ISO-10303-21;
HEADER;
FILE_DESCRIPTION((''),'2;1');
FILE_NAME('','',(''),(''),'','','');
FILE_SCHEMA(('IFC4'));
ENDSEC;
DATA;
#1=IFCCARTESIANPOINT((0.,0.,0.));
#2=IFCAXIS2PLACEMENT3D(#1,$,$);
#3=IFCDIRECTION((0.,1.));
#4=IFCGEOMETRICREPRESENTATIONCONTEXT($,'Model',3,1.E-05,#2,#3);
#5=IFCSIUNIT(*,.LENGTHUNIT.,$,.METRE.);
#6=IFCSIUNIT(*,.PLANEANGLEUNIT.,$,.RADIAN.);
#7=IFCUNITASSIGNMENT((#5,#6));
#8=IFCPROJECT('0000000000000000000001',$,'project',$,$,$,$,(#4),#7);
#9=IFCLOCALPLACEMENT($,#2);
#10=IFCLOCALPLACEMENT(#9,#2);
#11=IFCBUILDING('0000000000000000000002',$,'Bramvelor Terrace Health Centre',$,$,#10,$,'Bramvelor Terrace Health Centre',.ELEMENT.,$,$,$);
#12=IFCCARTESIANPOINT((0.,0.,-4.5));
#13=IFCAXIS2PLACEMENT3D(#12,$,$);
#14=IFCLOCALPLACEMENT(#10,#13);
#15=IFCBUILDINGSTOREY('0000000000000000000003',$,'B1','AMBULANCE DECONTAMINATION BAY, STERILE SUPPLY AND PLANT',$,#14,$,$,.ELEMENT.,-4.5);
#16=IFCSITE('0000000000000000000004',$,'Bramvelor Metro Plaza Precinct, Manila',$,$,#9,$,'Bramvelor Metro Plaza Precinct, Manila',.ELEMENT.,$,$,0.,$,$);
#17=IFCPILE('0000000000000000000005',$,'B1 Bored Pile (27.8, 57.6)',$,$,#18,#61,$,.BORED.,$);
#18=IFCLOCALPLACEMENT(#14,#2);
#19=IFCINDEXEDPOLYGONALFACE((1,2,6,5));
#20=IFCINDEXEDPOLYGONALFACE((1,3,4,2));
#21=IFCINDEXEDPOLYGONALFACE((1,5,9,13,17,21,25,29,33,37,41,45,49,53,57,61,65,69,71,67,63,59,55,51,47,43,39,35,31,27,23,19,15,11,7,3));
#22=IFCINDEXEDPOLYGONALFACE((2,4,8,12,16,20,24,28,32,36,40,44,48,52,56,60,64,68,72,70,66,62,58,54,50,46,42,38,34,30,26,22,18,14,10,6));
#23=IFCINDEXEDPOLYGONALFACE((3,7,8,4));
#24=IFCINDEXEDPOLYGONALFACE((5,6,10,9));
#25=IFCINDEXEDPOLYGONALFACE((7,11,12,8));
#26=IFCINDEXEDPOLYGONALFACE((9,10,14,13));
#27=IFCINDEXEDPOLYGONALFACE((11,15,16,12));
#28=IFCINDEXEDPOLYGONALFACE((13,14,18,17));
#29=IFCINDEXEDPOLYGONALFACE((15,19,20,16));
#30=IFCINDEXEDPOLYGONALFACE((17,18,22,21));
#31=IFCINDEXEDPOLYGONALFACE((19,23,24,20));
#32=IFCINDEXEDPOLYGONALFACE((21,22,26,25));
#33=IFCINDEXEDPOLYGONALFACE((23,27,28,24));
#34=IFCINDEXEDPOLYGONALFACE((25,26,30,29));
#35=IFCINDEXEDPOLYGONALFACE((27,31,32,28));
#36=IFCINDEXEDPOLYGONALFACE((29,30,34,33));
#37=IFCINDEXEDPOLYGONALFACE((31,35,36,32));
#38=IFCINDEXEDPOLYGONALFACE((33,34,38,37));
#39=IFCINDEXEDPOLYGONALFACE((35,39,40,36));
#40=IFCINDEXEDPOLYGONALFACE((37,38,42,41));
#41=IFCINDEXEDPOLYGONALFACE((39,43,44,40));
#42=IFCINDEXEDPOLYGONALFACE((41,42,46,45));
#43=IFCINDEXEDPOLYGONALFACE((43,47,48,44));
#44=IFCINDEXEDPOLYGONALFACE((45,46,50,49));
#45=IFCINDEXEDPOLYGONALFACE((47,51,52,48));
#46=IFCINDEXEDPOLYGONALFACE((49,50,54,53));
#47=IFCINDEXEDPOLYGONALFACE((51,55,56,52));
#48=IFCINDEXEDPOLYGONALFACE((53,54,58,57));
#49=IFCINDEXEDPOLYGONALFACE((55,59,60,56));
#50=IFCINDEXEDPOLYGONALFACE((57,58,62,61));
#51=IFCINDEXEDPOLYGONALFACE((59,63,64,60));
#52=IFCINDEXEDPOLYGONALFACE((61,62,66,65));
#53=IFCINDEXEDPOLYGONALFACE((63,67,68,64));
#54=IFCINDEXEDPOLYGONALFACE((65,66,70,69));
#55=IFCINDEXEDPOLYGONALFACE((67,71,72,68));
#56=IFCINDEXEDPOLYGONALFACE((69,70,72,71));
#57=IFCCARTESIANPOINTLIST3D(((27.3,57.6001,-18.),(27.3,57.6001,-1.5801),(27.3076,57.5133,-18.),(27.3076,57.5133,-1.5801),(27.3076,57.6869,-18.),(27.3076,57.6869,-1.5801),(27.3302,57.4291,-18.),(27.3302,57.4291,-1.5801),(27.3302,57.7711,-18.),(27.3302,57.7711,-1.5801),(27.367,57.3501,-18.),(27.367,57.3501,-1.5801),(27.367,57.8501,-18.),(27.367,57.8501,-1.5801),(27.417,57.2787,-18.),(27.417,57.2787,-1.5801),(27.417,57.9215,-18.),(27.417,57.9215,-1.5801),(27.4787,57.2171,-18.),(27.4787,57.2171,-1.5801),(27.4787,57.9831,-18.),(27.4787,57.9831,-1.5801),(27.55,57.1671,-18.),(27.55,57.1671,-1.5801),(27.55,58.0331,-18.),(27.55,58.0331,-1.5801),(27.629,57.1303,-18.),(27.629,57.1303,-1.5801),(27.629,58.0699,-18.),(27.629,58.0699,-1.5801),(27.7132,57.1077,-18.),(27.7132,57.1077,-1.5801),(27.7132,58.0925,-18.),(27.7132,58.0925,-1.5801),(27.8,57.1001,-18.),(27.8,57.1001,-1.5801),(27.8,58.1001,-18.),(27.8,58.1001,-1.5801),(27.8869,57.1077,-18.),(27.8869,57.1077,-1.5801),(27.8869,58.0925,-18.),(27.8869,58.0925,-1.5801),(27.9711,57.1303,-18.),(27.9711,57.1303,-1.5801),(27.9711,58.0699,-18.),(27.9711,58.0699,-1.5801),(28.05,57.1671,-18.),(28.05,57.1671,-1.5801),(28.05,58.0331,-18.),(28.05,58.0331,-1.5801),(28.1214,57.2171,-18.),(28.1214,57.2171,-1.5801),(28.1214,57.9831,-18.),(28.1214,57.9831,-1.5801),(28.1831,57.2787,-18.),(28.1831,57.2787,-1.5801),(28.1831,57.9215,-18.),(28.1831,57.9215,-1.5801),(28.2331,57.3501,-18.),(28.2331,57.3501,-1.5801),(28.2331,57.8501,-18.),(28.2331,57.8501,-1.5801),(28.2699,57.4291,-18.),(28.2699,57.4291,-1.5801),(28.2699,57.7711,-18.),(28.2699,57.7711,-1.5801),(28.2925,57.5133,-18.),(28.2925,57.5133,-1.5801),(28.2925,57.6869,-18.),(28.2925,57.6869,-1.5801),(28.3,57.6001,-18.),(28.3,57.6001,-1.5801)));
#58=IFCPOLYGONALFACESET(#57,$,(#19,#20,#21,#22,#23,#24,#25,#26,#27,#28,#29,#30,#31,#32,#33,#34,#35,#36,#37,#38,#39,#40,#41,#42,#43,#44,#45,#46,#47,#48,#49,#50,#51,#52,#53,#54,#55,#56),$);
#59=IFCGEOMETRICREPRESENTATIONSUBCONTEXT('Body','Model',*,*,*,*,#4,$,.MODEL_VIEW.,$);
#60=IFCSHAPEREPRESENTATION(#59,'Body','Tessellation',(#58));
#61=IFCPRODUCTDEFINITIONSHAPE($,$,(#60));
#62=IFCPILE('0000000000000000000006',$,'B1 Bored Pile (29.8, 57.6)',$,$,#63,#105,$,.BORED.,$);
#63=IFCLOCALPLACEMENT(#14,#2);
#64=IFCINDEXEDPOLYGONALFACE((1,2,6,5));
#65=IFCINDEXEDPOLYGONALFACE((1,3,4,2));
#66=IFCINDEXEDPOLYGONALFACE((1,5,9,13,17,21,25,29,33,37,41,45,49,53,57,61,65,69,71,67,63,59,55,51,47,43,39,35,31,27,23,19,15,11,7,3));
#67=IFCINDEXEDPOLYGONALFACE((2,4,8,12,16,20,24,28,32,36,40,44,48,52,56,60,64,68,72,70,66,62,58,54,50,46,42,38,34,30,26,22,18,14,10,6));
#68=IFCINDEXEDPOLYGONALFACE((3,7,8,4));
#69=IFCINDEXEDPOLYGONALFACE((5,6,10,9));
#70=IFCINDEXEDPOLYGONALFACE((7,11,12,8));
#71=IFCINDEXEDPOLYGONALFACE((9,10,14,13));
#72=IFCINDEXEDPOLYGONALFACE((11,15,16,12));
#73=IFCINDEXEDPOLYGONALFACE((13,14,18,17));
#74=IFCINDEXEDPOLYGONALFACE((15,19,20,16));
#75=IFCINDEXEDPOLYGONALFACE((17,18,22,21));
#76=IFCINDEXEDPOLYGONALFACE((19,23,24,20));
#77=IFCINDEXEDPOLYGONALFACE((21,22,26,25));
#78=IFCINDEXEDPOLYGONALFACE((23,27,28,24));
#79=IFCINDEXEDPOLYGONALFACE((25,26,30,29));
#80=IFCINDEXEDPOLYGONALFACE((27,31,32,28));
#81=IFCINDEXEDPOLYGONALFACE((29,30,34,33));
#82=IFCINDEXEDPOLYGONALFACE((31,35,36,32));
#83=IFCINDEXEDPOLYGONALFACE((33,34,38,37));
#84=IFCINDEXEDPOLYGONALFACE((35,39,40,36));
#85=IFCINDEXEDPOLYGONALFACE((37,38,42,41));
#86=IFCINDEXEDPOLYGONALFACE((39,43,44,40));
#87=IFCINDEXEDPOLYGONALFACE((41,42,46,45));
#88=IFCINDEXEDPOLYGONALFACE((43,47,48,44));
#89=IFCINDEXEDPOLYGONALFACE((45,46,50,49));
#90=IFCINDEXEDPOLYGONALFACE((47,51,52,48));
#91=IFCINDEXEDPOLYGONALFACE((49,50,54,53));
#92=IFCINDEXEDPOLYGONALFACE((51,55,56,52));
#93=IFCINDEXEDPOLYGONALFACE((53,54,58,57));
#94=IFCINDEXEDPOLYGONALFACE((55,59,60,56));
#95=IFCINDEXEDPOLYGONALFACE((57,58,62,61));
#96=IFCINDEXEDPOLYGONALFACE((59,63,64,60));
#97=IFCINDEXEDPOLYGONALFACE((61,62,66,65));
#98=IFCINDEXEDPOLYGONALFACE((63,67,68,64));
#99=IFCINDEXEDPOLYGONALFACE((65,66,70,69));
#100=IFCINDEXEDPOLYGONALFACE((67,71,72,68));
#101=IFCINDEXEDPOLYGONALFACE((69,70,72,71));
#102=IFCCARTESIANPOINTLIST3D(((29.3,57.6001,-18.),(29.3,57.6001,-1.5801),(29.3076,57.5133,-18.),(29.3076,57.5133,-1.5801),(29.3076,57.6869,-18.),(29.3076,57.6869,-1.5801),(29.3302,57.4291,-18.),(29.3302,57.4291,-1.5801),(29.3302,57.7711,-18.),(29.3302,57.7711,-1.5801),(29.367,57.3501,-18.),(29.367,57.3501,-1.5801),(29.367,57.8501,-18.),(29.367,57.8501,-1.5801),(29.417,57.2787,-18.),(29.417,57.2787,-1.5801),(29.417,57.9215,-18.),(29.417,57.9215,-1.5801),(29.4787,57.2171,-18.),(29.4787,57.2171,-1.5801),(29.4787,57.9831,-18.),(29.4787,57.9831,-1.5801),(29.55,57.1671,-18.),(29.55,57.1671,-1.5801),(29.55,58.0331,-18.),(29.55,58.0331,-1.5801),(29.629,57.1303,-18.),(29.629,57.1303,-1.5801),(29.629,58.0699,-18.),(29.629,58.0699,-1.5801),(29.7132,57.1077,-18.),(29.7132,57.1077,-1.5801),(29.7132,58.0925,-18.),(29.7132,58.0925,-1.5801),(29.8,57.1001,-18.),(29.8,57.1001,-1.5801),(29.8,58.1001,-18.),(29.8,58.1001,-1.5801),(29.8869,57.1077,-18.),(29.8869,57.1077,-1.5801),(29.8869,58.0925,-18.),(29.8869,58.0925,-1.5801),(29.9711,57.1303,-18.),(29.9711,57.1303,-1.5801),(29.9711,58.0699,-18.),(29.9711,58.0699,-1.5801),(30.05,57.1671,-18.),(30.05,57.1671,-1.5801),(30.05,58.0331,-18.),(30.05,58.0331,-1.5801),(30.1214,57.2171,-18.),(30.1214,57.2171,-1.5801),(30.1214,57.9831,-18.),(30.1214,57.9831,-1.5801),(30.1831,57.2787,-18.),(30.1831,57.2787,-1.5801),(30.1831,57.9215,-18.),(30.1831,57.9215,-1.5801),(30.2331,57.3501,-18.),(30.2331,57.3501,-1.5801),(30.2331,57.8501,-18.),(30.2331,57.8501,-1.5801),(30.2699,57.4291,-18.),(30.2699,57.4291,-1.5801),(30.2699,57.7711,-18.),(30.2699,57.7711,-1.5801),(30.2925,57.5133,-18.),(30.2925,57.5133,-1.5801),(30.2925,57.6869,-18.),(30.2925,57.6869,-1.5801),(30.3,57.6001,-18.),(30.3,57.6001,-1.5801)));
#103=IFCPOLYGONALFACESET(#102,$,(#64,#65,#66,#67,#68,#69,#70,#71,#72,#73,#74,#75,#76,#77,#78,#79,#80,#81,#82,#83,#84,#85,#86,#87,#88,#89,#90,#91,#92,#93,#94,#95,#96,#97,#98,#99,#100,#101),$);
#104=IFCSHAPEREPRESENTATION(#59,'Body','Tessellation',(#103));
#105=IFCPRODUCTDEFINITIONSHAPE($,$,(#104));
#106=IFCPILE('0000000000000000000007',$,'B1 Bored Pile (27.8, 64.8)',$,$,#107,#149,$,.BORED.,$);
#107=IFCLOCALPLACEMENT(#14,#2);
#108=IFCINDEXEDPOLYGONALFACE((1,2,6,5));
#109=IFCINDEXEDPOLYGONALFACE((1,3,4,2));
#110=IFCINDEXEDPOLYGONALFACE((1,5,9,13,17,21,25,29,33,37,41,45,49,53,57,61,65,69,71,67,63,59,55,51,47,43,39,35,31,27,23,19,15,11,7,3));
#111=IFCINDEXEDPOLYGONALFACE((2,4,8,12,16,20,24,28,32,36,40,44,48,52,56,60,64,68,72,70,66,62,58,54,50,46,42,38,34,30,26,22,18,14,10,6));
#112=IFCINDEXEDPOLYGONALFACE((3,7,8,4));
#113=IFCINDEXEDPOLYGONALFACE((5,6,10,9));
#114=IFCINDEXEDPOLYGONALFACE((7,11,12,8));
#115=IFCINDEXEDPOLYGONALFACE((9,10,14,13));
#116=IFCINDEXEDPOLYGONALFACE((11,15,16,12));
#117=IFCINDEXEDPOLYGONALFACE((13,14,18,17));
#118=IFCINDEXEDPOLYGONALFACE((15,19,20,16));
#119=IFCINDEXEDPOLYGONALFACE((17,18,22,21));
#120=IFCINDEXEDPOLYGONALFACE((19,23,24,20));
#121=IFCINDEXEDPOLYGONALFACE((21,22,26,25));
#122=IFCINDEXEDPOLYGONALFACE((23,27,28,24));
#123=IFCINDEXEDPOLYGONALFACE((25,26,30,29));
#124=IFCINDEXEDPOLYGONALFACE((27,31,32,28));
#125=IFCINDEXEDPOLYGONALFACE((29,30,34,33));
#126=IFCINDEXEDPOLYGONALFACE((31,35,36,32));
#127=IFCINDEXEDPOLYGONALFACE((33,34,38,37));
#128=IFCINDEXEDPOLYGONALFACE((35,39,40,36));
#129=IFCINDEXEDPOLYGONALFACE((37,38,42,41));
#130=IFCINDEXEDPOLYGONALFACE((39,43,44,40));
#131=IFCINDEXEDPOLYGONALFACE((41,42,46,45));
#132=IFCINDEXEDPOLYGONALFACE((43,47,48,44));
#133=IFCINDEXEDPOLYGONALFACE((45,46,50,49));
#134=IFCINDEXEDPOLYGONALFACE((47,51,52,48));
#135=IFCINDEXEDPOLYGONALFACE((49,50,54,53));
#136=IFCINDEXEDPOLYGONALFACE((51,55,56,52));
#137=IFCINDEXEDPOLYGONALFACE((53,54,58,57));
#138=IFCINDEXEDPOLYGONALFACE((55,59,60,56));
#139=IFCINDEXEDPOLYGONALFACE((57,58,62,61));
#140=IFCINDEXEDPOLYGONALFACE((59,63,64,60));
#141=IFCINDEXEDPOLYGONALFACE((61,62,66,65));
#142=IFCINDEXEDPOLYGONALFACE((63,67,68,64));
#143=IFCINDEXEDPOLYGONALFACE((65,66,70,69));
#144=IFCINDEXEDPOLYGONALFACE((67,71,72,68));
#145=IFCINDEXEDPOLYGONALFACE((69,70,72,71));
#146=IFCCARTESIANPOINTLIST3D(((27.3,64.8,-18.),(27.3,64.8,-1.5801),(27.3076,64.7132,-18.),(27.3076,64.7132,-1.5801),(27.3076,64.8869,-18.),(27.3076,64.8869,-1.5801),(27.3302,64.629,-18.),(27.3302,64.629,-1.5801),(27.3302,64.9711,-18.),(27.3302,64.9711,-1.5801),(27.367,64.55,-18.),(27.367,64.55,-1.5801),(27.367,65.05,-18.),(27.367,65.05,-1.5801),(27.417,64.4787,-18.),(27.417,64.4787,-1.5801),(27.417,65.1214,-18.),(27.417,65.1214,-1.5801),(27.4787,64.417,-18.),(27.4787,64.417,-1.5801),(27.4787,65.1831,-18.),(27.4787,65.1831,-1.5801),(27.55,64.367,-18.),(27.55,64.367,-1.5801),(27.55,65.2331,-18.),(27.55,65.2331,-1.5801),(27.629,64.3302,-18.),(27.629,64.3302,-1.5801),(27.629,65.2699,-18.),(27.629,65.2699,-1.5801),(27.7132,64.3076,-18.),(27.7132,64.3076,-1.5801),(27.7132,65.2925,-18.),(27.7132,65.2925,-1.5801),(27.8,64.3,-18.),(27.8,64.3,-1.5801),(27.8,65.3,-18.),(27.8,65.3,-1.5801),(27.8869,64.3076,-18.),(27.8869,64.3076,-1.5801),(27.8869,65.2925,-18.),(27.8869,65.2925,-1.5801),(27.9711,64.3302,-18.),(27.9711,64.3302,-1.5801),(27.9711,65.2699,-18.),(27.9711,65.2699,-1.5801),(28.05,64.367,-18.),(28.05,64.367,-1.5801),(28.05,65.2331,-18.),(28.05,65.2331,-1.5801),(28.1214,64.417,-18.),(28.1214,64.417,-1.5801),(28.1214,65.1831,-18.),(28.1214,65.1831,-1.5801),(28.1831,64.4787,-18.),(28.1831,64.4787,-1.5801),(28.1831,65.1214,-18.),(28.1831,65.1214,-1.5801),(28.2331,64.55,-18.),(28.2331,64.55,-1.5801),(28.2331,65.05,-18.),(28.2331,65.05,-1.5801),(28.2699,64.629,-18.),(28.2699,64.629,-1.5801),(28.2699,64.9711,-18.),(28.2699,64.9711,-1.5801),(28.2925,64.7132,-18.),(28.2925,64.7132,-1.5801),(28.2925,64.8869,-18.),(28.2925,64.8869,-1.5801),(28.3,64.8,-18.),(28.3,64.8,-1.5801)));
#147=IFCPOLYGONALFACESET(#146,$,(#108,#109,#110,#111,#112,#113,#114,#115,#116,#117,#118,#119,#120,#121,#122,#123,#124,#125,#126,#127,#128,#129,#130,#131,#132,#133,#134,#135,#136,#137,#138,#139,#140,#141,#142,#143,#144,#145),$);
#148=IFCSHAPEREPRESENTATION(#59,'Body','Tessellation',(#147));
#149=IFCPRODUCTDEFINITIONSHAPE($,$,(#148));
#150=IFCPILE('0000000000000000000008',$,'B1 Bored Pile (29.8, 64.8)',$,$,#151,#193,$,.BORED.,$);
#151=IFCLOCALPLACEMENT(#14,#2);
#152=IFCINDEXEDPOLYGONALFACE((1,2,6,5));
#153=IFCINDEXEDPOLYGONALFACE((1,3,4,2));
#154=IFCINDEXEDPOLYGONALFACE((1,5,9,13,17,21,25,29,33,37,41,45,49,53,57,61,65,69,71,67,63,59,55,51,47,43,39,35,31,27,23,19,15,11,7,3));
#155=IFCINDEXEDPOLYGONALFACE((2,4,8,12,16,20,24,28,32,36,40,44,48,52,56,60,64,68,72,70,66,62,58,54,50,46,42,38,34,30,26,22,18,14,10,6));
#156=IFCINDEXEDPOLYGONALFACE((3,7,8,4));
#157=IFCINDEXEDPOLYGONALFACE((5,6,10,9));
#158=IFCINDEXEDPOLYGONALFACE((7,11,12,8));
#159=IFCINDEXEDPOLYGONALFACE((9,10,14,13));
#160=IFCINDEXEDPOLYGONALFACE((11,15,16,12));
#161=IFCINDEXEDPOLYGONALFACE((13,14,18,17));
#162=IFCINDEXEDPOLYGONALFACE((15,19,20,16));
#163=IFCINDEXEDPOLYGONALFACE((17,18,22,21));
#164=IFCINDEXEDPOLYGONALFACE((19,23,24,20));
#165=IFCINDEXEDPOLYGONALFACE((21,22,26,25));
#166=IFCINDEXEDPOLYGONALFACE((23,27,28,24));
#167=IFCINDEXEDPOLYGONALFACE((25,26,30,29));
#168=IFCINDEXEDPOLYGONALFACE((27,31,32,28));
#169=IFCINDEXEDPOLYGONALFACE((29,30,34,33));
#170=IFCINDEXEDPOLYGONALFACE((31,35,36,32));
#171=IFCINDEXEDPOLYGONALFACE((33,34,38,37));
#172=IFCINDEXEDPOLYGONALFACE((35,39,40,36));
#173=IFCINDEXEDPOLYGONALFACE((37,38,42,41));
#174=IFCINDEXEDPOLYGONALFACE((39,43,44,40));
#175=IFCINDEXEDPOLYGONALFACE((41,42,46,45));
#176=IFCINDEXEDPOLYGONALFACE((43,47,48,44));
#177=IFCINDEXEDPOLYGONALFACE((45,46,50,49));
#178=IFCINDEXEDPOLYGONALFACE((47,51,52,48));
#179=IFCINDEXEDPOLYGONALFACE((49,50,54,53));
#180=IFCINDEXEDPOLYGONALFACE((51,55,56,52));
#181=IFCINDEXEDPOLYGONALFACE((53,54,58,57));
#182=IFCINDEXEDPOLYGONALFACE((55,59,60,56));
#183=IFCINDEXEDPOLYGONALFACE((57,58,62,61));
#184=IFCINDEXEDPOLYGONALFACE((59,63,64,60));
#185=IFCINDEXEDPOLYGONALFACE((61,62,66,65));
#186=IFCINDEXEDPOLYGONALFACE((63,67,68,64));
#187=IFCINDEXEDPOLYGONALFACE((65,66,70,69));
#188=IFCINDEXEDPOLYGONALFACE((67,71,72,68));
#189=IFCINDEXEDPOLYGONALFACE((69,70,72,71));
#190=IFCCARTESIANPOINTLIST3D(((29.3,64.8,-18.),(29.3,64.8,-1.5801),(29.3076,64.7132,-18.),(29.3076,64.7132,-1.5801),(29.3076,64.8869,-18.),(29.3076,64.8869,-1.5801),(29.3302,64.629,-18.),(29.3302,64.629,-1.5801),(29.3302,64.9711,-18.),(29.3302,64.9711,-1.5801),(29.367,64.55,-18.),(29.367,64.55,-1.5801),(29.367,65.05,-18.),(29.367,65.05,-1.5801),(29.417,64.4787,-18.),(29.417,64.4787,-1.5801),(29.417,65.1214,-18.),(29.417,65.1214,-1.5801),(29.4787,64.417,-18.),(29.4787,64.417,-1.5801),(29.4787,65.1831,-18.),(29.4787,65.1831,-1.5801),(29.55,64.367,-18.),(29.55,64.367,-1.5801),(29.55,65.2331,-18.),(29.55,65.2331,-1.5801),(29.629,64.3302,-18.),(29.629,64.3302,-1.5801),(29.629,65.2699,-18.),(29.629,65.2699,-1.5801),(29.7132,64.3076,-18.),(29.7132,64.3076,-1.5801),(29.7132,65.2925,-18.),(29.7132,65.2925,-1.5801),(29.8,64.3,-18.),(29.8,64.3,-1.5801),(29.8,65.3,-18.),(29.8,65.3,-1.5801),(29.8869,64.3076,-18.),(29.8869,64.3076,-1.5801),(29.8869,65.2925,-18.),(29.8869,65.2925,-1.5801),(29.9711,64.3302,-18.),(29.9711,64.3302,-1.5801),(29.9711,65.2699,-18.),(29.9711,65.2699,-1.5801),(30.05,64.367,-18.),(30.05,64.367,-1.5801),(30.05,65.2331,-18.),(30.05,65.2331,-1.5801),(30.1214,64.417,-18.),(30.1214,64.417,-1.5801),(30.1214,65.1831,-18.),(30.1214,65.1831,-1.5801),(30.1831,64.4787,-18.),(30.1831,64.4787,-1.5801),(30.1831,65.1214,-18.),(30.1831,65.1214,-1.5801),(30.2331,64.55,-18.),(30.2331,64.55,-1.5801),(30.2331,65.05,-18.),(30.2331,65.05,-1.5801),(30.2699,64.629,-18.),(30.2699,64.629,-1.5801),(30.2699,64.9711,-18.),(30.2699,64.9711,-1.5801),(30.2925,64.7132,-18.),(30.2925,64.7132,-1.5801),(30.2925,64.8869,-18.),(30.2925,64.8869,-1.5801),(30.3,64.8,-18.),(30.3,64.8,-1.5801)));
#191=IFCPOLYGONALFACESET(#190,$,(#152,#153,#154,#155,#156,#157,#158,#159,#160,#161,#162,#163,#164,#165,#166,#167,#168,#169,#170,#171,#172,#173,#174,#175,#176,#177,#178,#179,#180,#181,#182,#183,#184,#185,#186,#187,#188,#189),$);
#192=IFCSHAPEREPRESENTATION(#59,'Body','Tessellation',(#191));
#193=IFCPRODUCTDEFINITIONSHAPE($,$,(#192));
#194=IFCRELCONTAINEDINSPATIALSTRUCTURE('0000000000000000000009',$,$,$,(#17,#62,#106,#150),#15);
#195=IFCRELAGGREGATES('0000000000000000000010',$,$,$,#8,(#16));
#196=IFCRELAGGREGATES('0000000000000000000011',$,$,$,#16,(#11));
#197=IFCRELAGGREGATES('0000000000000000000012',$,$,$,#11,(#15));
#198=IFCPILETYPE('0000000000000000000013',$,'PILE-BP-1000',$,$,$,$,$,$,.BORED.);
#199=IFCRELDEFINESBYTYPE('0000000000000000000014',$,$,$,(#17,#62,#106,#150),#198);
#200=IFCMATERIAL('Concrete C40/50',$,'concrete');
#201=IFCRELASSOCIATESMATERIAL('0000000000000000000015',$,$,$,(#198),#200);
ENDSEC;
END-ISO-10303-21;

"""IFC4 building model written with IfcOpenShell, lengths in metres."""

from ifc_helpers import new_model, si_unit, direction, frame, origin, origin_2d, place, context, subcontext, project, spatial, circle, extrude, material, material_profile, profile_set, type_object, element, save


model = new_model("IFC4")

# Units and contexts
model_context = context("Model", 3, precision=1e-05, world=origin(), true_north=direction((0.0, 1.0)))
body_context = subcontext(model_context, "Body", "Model", "MODEL_VIEW")
ifc_project = project(units=[si_unit("LENGTHUNIT", "METRE"), si_unit("PLANEANGLEUNIT", "RADIAN")], contexts=[model_context])

# Site, building, storey
site_placement = place(None, origin())
site = spatial("IfcSite", under=ifc_project, at=site_placement, Name="Bramvelor Metro Plaza Precinct, Manila", LongName="Bramvelor Metro Plaza Precinct, Manila", CompositionType="ELEMENT", RefElevation=0.0)
building_placement = place(site_placement, origin())
building = spatial("IfcBuilding", under=site, at=building_placement, Name="Bramvelor Terrace Health Centre", LongName="Bramvelor Terrace Health Centre", CompositionType="ELEMENT")
storey_placement = place(building_placement, frame((0.0, 0.0, -4.5)))
storey = spatial("IfcBuildingStorey", under=building, at=storey_placement, Name="B1", Description="AMBULANCE DECONTAMINATION BAY, STERILE SUPPLY AND PLANT", CompositionType="ELEMENT", Elevation=-4.5)

# Piles
ifc_material_1 = material(Name="Concrete C40/50", Category="concrete")
ifc_material_profile_1 = material_profile(ifc_material_1, circle(Radius=0.5, at=origin_2d()), Name="BP D1000")
ifc_profile_set_1 = profile_set([ifc_material_profile_1], Name="Concrete C40/50")
pile_type_1 = type_object("IfcPileType", Name="PILE-BP-1000", PredefinedType="BORED", material=ifc_profile_set_1)
for number, where, z_axis, x_axis, name in (
    (1, (27.8, 57.6001, -1.5801), (0.0, 0.0, -1.0), (1.0, 0.0, 0.0), "B1 Bored Pile (27.8, 57.6)"),
    (2, (29.8, 57.6001, -1.5801), (0.0, 0.0, -1.0), (1.0, 0.0, 0.0), "B1 Bored Pile (29.8, 57.6)"),
    (3, (27.8, 64.8, -1.5801), (0.0, 0.0, -1.0), (1.0, 0.0, 0.0), "B1 Bored Pile (27.8, 64.8)"),
    (4, (29.8, 64.8, -1.5801), (0.0, 0.0, -1.0), (1.0, 0.0, 0.0), "B1 Bored Pile (29.8, 64.8)"),
):
    element("IfcPile", number, at=place(storey_placement, frame(where, z_axis=z_axis, x_axis=x_axis)), inside=storey, type_object=pile_type_1, Name=name, PredefinedType="BORED", context=body_context, shape_type="SweptSolid", body=[
        extrude(circle(Radius=0.5, at=origin_2d()), origin(), (0.0, 0.0, 1.0), 16.4199),
    ])

save(model, "model.ifc")
